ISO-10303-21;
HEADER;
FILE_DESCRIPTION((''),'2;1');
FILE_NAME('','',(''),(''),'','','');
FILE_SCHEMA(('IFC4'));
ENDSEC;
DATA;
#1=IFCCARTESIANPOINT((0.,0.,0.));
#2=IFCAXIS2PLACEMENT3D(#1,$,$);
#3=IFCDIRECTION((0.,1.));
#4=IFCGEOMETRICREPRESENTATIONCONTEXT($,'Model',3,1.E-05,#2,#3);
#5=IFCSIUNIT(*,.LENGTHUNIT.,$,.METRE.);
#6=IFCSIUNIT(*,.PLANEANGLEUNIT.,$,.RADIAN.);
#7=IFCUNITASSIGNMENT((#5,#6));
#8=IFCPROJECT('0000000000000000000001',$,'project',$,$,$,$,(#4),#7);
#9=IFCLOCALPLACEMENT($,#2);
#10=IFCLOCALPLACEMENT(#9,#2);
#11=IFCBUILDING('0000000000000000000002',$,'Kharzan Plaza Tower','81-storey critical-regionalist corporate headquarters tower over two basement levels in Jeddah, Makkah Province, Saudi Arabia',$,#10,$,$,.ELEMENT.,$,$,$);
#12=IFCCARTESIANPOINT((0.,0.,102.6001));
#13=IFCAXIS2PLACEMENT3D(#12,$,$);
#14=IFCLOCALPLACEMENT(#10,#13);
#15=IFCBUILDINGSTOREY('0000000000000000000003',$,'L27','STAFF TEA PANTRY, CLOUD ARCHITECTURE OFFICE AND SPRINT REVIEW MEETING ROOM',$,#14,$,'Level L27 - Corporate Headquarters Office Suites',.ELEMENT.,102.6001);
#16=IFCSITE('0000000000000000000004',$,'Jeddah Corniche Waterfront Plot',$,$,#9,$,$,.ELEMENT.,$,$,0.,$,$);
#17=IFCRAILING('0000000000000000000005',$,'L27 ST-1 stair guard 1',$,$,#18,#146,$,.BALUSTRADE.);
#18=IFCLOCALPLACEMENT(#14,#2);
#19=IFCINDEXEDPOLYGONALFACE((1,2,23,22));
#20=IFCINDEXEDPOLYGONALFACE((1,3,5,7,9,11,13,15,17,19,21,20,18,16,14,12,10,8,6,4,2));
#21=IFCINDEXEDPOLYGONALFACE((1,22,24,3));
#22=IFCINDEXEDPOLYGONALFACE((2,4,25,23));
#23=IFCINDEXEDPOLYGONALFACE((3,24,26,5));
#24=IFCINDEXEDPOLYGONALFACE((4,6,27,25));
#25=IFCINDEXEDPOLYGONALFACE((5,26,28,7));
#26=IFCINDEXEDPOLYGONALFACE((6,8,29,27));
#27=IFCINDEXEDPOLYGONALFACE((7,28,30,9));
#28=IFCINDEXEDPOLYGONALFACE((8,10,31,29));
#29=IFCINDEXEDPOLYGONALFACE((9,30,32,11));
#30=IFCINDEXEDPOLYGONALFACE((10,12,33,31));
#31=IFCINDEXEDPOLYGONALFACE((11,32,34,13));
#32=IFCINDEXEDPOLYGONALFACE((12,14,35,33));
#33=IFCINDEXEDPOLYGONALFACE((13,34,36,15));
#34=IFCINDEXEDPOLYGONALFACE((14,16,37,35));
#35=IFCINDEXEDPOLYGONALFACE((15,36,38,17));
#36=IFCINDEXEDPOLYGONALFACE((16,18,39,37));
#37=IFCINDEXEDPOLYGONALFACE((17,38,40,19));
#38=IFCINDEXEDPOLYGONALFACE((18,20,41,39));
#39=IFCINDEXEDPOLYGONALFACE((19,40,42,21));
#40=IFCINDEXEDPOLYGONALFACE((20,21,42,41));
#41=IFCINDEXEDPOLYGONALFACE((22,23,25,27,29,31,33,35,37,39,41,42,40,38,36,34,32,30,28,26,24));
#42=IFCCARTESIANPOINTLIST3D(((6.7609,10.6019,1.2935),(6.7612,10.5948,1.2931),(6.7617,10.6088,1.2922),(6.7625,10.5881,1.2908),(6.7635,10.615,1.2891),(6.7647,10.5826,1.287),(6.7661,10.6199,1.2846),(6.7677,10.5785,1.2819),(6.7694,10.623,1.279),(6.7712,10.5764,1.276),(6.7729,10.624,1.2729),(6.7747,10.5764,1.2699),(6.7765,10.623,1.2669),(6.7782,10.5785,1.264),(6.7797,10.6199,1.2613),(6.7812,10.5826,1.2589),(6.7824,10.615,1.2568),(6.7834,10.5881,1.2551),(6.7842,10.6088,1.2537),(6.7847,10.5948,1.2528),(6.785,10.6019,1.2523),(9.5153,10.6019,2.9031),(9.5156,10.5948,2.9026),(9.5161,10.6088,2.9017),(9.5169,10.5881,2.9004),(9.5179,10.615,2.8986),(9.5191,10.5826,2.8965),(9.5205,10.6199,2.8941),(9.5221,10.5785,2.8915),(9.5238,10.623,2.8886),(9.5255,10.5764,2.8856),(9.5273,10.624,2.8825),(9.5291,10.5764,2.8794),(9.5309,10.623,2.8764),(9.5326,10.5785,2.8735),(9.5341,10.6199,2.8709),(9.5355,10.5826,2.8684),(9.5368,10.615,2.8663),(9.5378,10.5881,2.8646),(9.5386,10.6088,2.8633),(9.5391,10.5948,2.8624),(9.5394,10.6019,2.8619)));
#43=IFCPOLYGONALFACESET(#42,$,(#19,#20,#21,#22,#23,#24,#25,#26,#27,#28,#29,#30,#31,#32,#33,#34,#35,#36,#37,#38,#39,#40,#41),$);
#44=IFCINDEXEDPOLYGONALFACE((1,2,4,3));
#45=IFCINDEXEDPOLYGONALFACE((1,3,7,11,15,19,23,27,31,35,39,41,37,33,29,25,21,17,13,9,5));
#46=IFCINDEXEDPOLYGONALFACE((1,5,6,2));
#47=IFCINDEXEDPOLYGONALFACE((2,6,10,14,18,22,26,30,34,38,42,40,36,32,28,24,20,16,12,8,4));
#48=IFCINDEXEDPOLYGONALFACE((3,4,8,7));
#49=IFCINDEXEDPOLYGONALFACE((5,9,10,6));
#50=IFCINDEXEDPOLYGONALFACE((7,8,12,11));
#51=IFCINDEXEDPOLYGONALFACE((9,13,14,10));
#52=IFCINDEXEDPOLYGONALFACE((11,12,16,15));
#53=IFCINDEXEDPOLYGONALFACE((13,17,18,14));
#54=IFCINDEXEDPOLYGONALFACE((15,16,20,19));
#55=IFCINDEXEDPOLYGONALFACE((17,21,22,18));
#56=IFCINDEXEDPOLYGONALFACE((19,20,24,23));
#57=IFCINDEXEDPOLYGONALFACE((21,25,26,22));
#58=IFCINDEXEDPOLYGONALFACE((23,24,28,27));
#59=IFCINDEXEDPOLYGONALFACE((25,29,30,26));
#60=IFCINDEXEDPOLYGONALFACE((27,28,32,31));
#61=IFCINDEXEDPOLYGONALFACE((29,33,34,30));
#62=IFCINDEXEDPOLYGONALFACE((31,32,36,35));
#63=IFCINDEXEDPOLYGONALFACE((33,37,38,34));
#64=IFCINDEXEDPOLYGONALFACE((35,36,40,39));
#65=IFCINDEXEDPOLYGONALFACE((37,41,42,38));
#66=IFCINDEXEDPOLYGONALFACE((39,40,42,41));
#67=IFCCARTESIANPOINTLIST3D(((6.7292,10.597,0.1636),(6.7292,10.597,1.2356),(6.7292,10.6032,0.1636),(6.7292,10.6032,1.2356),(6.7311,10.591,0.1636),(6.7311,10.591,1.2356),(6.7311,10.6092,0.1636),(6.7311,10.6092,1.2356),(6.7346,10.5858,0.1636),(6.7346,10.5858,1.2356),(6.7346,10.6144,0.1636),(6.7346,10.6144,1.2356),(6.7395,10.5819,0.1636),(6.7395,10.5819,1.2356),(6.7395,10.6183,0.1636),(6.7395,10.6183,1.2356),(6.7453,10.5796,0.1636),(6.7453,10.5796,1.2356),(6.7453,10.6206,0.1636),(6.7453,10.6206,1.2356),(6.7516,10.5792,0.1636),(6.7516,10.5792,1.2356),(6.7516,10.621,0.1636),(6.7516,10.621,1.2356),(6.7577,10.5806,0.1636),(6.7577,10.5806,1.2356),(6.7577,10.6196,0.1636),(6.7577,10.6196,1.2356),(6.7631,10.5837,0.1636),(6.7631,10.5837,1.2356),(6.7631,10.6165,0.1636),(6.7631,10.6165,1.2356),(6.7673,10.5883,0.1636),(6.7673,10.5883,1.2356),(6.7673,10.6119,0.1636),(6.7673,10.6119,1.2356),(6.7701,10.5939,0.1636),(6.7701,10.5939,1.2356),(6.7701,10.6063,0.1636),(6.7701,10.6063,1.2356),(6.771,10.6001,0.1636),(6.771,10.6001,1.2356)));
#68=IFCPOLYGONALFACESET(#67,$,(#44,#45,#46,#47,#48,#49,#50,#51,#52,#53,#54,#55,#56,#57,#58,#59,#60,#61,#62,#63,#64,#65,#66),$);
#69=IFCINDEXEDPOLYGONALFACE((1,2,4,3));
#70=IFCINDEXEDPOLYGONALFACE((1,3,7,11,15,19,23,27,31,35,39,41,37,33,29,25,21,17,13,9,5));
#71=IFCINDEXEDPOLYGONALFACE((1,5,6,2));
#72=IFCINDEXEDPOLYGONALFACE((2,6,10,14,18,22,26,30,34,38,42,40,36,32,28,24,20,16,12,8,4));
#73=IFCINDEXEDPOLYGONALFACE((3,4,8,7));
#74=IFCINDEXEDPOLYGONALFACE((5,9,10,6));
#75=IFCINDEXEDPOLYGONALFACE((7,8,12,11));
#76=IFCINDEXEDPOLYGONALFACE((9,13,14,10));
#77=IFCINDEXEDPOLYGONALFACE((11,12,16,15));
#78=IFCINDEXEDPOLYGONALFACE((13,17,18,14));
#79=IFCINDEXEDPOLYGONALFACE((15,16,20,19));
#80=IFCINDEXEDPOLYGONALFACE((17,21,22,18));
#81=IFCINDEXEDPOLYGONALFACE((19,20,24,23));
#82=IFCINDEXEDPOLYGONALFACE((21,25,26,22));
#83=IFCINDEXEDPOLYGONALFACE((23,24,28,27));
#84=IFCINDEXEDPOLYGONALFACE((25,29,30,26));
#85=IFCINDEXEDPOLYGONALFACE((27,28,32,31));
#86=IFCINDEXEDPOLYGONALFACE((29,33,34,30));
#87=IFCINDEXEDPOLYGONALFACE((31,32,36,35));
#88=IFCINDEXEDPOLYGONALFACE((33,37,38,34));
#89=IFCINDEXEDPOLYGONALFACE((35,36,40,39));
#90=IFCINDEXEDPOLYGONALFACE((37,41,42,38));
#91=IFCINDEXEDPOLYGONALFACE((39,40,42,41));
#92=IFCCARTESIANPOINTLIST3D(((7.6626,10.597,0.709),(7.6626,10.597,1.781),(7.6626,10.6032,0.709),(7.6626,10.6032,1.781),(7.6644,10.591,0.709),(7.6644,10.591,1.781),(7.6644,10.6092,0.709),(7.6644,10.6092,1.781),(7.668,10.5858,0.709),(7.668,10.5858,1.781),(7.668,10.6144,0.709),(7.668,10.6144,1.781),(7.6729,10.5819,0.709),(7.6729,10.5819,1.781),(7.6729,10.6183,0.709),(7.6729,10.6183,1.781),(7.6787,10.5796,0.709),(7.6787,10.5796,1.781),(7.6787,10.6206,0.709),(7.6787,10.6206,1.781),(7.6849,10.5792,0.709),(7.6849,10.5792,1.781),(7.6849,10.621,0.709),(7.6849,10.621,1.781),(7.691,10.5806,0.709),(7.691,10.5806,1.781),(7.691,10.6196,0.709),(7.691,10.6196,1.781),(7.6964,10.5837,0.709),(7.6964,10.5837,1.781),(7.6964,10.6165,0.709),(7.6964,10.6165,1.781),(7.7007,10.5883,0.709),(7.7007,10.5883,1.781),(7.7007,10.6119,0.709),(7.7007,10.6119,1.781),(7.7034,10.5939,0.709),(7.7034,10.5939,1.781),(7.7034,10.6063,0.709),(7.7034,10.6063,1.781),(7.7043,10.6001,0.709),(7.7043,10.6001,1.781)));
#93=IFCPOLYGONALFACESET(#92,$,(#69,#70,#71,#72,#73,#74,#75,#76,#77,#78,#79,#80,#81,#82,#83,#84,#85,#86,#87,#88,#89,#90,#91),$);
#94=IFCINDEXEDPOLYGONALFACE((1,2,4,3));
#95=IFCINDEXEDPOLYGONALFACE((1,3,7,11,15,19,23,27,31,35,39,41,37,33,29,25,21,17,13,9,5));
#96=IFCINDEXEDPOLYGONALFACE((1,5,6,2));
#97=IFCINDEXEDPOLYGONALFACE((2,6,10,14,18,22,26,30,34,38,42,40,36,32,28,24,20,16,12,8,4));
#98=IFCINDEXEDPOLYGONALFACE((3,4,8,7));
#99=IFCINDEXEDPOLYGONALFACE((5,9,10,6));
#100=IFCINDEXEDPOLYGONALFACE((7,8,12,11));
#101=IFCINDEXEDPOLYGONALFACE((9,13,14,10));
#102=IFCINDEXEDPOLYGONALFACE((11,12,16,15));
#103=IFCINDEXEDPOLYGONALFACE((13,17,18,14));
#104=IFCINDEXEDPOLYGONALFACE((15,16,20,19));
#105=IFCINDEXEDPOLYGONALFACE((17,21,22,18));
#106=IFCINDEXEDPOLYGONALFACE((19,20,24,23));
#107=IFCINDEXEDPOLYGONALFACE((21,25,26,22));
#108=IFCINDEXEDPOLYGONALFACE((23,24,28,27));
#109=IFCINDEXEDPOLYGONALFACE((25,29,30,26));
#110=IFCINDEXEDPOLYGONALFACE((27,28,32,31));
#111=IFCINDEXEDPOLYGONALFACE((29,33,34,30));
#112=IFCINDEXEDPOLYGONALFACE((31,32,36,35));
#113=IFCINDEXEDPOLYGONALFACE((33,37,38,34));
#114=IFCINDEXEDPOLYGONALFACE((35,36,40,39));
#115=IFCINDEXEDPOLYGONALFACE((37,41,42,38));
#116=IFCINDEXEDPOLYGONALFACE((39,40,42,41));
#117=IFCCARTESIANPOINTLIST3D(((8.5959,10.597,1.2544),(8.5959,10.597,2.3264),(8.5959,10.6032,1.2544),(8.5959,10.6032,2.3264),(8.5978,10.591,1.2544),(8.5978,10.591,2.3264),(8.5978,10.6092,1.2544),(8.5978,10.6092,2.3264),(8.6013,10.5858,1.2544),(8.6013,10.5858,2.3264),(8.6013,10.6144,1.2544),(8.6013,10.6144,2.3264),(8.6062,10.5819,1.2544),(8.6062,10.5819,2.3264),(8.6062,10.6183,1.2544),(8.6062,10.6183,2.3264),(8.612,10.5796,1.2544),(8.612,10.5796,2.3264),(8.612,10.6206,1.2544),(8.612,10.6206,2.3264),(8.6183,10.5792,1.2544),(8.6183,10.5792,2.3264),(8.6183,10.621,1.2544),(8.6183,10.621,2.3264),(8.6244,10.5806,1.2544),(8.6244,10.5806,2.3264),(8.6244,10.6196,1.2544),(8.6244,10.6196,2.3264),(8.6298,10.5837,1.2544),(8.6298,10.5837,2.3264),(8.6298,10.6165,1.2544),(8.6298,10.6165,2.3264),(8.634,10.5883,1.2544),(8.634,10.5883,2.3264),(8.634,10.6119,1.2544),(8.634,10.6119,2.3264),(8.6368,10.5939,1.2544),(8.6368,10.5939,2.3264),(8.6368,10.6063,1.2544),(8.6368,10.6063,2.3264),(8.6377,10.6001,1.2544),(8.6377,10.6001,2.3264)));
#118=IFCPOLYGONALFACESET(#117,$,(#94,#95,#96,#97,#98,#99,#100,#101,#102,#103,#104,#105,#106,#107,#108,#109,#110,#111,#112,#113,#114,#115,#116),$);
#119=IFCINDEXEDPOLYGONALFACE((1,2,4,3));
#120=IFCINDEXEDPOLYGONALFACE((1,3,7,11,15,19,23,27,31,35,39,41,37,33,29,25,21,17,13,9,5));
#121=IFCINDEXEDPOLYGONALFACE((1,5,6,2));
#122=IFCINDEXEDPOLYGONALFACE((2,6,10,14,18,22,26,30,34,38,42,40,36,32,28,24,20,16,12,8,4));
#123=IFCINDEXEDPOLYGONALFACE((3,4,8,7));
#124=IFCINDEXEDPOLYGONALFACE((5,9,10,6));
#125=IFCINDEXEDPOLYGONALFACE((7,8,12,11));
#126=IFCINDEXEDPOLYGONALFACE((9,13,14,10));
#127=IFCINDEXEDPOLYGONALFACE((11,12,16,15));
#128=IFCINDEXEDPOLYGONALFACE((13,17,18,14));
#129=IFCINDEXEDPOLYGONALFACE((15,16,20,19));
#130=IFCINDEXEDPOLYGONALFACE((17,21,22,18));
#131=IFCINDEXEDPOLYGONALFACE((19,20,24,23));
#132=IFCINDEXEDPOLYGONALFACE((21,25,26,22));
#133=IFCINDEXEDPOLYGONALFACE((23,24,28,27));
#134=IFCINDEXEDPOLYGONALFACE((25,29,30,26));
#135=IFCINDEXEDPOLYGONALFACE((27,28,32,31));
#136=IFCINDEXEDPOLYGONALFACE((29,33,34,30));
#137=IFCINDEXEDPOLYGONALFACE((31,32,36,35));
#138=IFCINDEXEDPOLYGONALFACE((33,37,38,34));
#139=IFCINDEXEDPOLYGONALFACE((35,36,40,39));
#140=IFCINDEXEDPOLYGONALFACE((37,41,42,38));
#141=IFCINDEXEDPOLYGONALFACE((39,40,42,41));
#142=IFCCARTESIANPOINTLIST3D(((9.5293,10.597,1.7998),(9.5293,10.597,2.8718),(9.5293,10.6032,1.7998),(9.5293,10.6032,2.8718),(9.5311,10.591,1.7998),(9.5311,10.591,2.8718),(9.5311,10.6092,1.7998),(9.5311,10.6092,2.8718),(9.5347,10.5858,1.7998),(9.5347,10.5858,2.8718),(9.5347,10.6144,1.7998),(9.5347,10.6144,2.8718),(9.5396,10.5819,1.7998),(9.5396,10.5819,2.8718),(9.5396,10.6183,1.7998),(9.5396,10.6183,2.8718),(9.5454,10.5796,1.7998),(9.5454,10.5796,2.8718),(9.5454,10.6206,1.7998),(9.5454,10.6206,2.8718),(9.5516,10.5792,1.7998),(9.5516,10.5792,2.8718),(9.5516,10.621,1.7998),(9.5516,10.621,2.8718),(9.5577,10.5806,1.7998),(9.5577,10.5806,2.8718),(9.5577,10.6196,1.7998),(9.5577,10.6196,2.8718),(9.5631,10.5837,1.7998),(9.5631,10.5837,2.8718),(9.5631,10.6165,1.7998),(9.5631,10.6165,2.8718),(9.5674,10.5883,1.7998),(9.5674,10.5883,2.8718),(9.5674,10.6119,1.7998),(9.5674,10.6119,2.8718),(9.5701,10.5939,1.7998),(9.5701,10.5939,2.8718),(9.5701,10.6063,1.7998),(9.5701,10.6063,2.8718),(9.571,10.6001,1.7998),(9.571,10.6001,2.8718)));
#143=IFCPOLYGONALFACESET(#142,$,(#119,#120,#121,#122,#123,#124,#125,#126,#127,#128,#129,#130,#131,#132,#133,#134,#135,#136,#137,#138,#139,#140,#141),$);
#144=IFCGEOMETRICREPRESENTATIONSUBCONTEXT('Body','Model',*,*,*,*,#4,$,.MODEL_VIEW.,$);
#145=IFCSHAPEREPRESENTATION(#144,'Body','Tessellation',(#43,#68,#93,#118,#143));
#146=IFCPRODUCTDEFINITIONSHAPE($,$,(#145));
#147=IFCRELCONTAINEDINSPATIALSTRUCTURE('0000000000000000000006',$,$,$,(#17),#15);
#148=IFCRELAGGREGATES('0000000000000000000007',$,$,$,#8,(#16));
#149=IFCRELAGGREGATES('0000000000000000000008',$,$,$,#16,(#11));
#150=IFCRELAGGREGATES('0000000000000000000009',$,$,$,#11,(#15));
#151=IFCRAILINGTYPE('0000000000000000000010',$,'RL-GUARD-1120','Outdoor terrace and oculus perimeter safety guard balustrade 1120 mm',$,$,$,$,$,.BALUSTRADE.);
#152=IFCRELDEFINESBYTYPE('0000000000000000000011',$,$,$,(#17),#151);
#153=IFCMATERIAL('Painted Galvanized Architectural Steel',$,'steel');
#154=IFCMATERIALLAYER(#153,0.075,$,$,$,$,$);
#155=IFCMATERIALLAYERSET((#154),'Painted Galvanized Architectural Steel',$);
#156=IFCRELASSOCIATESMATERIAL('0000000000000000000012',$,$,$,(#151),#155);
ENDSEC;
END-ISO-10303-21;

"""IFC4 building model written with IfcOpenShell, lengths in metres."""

from ifc_helpers import new_model, si_unit, direction, frame, origin, origin_2d, place, context, subcontext, project, spatial, circle, extrude, source, transform, mapped, material, layer, layer_set, type_object, element, save


model = new_model("IFC4")

# Units and contexts
model_context = context("Model", 3, precision=1e-05, world=origin(), true_north=direction((0.0, 1.0)))
body_context = subcontext(model_context, "Body", "Model", "MODEL_VIEW")
ifc_project = project(units=[si_unit("LENGTHUNIT", "METRE"), si_unit("PLANEANGLEUNIT", "RADIAN")], contexts=[model_context])

# Site, building, storey
site_placement = place(None, origin())
site = spatial("IfcSite", under=ifc_project, at=site_placement, Name="Jeddah Corniche Waterfront Plot", CompositionType="ELEMENT", RefElevation=0.0)
building_placement = place(site_placement, origin())
building = spatial("IfcBuilding", under=site, at=building_placement, Name="Kharzan Plaza Tower", Description="81-storey critical-regionalist corporate headquarters tower over two basement levels in Jeddah, Makkah Province, Saudi Arabia", CompositionType="ELEMENT")
storey_placement = place(building_placement, frame((0.0, 0.0, 102.6001)))
storey = spatial("IfcBuildingStorey", under=building, at=storey_placement, Name="L27", Description="STAFF TEA PANTRY, CLOUD ARCHITECTURE OFFICE AND SPRINT REVIEW MEETING ROOM", LongName="Level L27 - Corporate Headquarters Office Suites", CompositionType="ELEMENT", Elevation=102.6001)

# Railing
ifc_material_1 = material(Name="Painted Galvanized Architectural Steel", Category="steel")
ifc_layer_1 = layer(ifc_material_1, 0.075)
ifc_layer_set_1 = layer_set([ifc_layer_1], Name="Painted Galvanized Architectural Steel")
railing_type_1 = type_object("IfcRailingType", Name="RL-GUARD-1120", Description="Outdoor terrace and oculus perimeter safety guard balustrade 1120 mm", PredefinedType="BALUSTRADE", material=ifc_layer_set_1)
shared_shape_1 = source(origin(), body_context, "Body", "SweptSolid", [
    extrude(circle(Radius=0.0239, at=origin_2d()), frame((0.0229, 0.0, 1.1094), z_axis=(0.863394, 0.0, 0.504531), x_axis=(0.0, 1.0, 0.0)), (0.0, 0.0, 1.0), 3.1902),
    extrude(circle(Radius=0.021, at=origin_2d()), origin(), (0.0, 0.0, 1.0), 1.072),
    extrude(circle(Radius=0.021, at=origin_2d()), frame((0.9333, 0.0, 0.5454)), (0.0, 0.0, 1.0), 1.072),
    extrude(circle(Radius=0.021, at=origin_2d()), frame((1.8667, 0.0, 1.0908)), (0.0, 0.0, 1.0), 1.072),
    extrude(circle(Radius=0.021, at=origin_2d()), frame((2.8, 0.0, 1.6362)), (0.0, 0.0, 1.0), 1.072),
])
railing_1_placement = place(storey_placement, frame((6.75, 10.6001, 0.1636)))
element("IfcRailing", 1, at=railing_1_placement, inside=storey, type_object=railing_type_1, Name="L27 ST-1 stair guard 1", PredefinedType="BALUSTRADE", context=body_context, shape_type="MappedRepresentation", body=[
    mapped(shared_shape_1, transform((0.0, 0.0, 0.0), x_axis=(1.0, 0.0, 0.0), y_axis=(0.0, 1.0, 0.0), z_axis=(0.0, 0.0, 1.0))),
])

save(model, "model.ifc")
